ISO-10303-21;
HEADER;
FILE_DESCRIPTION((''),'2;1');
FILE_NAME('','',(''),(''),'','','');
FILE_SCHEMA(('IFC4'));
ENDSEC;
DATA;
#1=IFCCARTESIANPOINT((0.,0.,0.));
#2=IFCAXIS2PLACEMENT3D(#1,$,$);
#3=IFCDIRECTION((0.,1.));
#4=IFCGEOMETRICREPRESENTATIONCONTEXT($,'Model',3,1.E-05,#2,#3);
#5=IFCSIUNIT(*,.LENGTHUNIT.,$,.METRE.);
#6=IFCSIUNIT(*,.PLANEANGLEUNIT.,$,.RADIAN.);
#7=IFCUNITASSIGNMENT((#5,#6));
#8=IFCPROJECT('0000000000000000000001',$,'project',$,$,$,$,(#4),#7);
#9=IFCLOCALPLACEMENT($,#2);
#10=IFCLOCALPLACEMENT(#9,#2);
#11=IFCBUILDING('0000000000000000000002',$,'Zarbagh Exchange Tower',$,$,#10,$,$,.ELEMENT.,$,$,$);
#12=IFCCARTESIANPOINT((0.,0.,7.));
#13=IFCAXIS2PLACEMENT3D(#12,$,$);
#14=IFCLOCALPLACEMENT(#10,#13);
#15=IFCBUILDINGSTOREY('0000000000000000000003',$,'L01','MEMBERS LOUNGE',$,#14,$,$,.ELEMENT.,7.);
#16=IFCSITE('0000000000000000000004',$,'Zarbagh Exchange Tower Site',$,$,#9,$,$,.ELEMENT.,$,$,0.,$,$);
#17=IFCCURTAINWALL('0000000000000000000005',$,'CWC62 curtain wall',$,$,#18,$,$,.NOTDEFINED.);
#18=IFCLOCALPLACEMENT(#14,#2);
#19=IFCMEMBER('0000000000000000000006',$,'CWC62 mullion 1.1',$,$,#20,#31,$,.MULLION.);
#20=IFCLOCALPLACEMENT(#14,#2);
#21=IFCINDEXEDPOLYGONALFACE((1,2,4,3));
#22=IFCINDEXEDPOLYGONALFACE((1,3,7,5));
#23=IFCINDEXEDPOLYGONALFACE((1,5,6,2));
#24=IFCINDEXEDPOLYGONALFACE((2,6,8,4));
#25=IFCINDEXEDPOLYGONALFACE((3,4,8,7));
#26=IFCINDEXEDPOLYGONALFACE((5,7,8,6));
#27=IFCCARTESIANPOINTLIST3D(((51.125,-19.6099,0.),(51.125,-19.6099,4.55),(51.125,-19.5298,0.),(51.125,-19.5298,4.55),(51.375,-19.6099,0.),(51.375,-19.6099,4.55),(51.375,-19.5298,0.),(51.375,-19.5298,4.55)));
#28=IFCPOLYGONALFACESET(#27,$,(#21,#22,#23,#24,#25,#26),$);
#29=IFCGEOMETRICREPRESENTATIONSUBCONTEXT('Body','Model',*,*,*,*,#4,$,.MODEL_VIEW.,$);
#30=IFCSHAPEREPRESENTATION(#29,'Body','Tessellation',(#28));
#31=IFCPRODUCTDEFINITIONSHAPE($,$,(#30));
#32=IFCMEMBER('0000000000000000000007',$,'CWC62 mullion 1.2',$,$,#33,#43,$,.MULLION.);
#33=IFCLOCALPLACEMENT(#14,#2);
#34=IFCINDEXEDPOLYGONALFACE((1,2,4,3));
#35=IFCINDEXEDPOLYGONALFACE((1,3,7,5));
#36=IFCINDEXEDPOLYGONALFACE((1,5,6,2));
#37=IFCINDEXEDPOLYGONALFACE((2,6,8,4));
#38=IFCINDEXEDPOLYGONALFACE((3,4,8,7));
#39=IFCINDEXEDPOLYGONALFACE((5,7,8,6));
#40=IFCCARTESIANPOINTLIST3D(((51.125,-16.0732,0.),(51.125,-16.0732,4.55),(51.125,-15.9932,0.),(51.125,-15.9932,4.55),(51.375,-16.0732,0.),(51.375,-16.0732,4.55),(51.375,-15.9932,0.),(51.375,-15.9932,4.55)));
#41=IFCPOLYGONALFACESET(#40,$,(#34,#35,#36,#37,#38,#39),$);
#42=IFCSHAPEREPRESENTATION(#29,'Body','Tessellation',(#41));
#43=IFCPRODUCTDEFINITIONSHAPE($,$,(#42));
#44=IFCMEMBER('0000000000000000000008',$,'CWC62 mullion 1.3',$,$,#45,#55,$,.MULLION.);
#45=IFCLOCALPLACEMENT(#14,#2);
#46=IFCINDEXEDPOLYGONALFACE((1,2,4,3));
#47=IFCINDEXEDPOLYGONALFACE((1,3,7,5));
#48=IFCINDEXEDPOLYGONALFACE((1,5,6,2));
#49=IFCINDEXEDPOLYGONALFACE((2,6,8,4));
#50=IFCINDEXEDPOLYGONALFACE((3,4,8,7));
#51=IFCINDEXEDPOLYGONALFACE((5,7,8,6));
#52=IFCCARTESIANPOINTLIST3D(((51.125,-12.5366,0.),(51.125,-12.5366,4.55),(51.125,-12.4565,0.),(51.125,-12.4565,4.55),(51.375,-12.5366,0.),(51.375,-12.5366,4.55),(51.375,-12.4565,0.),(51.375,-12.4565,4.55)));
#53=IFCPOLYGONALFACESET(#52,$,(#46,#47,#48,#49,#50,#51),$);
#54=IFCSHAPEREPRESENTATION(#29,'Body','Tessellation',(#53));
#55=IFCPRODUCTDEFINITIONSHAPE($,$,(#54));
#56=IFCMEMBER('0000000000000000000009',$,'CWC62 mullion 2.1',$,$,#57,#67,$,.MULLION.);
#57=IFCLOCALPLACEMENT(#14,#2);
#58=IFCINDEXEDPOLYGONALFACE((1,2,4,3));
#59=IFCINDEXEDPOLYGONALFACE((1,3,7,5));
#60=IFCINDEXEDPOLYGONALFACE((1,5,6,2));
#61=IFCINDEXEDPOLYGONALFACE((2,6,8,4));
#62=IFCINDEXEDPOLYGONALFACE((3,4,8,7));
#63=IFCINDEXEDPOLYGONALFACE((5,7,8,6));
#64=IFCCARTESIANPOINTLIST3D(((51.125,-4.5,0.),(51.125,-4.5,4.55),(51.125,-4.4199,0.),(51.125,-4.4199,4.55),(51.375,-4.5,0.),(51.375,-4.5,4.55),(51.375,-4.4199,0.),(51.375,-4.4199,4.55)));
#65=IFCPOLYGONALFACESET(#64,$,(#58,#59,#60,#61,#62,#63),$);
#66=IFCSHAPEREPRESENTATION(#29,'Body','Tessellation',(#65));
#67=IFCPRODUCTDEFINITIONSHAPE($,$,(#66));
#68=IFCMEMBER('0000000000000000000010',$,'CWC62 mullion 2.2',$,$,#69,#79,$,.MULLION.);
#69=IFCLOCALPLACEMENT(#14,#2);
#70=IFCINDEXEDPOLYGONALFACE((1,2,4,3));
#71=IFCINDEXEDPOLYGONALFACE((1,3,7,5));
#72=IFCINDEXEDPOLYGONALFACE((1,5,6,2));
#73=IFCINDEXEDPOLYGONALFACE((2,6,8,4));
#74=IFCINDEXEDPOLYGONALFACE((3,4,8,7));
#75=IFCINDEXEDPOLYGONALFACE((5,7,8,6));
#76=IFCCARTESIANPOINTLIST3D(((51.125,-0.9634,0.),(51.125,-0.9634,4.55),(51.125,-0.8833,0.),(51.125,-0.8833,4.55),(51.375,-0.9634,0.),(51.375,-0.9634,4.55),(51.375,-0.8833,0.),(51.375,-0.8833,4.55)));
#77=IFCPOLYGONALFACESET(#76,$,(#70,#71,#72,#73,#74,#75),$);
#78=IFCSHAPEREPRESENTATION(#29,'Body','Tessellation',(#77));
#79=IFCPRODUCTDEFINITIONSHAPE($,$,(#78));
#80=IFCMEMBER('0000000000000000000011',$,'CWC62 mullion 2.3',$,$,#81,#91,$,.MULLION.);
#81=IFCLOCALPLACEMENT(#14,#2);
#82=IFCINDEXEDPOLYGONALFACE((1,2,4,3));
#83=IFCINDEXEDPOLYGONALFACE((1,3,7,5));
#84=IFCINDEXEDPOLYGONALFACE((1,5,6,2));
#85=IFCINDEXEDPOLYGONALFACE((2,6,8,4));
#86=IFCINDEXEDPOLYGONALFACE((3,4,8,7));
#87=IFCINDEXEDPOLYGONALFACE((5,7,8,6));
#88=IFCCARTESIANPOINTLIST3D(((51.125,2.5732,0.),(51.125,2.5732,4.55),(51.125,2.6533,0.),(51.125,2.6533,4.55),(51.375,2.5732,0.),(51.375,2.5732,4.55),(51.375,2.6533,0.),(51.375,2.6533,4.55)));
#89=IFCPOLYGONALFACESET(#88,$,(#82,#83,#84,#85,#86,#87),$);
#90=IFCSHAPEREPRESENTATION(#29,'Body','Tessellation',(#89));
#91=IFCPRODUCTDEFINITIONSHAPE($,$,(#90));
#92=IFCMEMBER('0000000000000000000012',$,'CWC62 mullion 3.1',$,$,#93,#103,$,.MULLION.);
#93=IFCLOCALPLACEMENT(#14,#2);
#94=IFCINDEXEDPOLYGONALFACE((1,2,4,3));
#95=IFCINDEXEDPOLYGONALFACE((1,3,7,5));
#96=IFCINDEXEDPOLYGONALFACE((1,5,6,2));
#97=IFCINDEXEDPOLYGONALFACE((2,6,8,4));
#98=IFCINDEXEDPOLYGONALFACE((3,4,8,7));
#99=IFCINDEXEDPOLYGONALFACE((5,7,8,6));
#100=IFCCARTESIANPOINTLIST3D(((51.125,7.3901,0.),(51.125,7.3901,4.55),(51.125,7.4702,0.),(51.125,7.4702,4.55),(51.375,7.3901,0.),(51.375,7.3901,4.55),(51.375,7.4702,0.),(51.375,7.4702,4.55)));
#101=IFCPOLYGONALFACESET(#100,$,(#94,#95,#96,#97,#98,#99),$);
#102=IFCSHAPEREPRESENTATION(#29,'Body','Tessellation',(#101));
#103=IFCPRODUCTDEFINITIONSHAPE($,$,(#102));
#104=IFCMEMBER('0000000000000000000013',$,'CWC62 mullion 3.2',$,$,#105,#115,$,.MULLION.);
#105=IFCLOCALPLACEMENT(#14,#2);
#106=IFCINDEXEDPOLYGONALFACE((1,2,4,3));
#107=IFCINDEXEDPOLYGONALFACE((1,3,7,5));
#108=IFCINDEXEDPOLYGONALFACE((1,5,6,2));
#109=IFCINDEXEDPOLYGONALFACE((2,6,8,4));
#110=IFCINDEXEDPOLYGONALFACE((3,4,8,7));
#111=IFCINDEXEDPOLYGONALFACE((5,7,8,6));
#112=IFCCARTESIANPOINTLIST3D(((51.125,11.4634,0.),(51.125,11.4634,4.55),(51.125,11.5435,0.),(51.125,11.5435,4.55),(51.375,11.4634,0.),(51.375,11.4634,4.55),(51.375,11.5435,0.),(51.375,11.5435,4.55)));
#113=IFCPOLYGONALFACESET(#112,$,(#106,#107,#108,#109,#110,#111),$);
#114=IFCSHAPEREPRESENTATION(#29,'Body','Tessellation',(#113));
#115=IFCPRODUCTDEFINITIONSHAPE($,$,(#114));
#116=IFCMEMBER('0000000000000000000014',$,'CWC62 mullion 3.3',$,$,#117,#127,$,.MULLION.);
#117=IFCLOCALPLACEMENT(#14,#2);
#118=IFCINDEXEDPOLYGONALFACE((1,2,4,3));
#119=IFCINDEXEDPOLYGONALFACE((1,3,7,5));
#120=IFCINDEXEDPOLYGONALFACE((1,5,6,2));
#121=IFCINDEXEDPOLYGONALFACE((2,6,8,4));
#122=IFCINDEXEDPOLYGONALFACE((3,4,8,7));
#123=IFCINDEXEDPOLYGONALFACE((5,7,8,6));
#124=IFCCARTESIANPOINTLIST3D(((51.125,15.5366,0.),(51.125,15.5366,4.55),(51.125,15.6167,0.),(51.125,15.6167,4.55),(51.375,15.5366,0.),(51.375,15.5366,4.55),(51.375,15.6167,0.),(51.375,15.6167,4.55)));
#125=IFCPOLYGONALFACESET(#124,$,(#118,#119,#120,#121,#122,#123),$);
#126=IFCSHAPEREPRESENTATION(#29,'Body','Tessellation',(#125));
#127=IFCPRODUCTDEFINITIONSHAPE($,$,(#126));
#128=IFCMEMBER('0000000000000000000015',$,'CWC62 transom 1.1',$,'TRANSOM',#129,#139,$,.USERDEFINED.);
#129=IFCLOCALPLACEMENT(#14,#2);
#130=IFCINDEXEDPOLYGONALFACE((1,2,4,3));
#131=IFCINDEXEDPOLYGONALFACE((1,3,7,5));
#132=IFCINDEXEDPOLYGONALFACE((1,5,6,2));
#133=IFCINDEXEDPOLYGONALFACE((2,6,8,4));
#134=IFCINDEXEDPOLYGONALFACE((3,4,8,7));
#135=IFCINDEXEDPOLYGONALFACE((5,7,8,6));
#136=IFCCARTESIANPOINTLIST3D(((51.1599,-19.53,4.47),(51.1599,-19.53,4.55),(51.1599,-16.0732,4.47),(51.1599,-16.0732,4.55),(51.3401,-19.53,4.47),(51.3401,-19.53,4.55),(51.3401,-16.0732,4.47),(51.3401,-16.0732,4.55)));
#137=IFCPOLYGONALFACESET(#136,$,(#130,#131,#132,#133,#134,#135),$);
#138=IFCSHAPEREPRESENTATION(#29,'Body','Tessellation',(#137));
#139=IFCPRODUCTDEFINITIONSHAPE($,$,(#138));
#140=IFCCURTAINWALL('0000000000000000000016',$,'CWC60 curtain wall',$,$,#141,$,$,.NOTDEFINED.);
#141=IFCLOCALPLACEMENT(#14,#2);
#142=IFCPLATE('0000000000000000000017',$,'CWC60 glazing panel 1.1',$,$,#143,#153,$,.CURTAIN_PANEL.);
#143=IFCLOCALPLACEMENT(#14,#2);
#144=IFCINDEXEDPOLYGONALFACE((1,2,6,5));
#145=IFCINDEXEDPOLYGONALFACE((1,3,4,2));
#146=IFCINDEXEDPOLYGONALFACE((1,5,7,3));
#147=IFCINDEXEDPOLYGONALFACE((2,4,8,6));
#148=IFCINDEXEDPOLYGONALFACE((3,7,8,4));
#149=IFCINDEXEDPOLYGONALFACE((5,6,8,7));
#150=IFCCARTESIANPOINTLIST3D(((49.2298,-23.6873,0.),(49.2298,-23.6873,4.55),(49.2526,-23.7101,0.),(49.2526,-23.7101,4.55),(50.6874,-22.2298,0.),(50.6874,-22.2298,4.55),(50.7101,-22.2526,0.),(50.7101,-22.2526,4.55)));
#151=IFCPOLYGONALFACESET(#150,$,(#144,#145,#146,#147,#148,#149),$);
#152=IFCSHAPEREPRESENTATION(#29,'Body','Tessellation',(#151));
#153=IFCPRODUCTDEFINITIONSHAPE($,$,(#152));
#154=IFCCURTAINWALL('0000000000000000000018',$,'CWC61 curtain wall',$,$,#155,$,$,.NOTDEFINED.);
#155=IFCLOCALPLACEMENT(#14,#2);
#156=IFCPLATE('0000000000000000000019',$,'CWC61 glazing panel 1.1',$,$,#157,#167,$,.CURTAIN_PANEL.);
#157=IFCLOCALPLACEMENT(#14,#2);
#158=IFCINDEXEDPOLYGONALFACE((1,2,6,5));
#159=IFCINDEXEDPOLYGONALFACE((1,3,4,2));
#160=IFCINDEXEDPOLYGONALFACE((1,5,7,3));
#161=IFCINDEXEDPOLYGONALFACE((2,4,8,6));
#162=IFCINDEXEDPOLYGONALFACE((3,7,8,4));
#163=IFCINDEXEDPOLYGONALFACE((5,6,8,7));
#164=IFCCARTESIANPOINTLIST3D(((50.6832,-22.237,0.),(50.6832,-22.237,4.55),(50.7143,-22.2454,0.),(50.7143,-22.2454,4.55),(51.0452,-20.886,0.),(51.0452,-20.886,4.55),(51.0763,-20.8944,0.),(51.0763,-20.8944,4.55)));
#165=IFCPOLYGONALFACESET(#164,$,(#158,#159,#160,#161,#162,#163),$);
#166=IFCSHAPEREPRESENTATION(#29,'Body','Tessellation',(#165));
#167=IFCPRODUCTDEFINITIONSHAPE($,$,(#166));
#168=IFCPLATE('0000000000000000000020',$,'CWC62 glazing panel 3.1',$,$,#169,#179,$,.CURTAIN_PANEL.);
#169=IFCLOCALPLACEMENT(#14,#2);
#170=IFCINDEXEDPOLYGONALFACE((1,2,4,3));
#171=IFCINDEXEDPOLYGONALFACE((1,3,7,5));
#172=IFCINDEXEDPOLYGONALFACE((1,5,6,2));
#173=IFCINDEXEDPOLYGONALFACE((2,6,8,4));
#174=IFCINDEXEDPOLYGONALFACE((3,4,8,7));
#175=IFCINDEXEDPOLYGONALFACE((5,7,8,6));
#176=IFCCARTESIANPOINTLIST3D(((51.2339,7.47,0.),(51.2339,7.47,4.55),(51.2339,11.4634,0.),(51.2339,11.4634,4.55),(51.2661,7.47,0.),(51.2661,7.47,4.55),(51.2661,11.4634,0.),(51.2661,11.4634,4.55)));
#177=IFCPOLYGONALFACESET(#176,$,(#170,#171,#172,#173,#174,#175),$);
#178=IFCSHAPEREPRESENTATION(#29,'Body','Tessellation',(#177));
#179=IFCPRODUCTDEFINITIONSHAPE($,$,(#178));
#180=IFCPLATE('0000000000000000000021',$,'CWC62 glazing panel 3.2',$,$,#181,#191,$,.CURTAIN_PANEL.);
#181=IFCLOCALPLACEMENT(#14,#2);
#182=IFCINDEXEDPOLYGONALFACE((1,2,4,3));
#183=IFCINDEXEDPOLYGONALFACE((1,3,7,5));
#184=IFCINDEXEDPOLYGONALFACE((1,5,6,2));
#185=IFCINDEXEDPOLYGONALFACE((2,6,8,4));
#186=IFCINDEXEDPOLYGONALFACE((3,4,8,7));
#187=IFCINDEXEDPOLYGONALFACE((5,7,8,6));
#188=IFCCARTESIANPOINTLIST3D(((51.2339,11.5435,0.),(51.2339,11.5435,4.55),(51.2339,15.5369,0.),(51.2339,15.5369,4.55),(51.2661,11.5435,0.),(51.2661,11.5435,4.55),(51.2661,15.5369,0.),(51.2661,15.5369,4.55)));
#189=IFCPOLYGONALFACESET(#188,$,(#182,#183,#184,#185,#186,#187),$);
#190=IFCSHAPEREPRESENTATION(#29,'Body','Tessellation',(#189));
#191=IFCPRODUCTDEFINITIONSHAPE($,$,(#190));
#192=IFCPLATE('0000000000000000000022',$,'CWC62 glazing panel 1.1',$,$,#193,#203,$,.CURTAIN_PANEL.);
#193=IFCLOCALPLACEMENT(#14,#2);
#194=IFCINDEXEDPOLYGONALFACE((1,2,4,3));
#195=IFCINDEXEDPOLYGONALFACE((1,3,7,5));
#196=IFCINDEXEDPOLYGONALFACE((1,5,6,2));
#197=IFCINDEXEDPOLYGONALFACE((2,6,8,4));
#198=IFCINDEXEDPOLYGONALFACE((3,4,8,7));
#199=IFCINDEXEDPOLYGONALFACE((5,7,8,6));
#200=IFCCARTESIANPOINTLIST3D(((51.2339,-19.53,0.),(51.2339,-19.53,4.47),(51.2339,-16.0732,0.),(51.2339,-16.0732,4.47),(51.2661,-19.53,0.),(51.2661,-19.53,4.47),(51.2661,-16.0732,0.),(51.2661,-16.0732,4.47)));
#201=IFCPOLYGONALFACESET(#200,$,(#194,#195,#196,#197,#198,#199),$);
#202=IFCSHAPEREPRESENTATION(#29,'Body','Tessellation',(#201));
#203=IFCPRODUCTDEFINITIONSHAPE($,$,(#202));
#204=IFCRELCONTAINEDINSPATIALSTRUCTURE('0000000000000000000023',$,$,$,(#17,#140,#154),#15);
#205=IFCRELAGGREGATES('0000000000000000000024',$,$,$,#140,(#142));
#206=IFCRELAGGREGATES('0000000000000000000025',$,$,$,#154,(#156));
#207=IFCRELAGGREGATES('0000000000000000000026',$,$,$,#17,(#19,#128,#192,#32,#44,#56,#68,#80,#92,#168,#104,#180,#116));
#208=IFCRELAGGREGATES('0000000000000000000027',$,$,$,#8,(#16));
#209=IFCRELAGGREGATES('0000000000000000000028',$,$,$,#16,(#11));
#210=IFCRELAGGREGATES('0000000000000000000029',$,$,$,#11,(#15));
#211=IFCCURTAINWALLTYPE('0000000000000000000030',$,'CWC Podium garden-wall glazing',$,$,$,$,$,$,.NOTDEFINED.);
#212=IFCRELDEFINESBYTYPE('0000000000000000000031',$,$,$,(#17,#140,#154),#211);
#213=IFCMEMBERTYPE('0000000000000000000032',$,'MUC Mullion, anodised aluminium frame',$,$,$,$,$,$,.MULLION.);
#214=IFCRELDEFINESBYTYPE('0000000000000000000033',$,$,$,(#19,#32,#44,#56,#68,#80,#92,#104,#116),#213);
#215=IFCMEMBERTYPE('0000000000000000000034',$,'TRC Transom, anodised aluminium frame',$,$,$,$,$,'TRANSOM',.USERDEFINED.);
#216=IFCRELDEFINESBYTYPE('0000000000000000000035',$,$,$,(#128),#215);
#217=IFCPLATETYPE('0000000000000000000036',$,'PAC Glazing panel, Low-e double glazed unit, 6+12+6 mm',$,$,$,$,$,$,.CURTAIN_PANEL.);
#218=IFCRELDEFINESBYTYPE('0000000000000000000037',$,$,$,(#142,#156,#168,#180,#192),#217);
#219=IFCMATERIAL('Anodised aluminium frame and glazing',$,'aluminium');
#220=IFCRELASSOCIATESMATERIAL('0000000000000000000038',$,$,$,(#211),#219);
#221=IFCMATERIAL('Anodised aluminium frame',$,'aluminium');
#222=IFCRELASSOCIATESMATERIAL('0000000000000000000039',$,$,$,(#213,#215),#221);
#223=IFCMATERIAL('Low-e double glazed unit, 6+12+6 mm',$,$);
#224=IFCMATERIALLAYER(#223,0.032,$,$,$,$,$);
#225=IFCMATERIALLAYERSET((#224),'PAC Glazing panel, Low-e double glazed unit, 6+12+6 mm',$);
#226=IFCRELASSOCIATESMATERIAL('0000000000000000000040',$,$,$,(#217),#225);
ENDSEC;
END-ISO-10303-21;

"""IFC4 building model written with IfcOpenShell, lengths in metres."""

from ifc_helpers import new_model, si_unit, direction, frame, origin, place, context, subcontext, project, spatial, polyline, outline, extrude, source, transform, mapped, material, layer, layer_set, type_object, element, aggregate, save


model = new_model("IFC4")

# Units and contexts
model_context = context("Model", 3, precision=1e-05, world=origin(), true_north=direction((0.0, 1.0)))
body_context = subcontext(model_context, "Body", "Model", "MODEL_VIEW")
ifc_project = project(units=[si_unit("LENGTHUNIT", "METRE"), si_unit("PLANEANGLEUNIT", "RADIAN")], contexts=[model_context])

# Site, building, storey
site_placement = place(None, origin())
site = spatial("IfcSite", under=ifc_project, at=site_placement, Name="Zarbagh Exchange Tower Site", CompositionType="ELEMENT", RefElevation=0.0)
building_placement = place(site_placement, origin())
building = spatial("IfcBuilding", under=site, at=building_placement, Name="Zarbagh Exchange Tower", CompositionType="ELEMENT")
storey_placement = place(building_placement, frame((0.0, 0.0, 7.0)))
storey = spatial("IfcBuildingStorey", under=building, at=storey_placement, Name="L01", Description="MEMBERS LOUNGE", CompositionType="ELEMENT", Elevation=7.0)

# Curtain wall, members
ifc_material_1 = material(Name="Anodised aluminium frame and glazing", Category="aluminium")
curtain_wall_type = type_object("IfcCurtainWallType", Name="CWC Podium garden-wall glazing", PredefinedType="NOTDEFINED", material=ifc_material_1)
curtain_wall_1_placement = place(storey_placement, origin())
curtain_wall_1 = element("IfcCurtainWall", 1, at=curtain_wall_1_placement, inside=storey, type_object=curtain_wall_type, Name="CWC62 curtain wall", PredefinedType="NOTDEFINED")
ifc_material_2 = material(Name="Anodised aluminium frame", Category="aluminium")
member_type_1 = type_object("IfcMemberType", Name="MUC Mullion, anodised aluminium frame", PredefinedType="MULLION", material=ifc_material_2)
shared_shape_1 = source(origin(), body_context, "Body", "SweptSolid", [
    extrude(outline(polyline([(0.0, -0.125), (0.0801, -0.125), (0.0801, 0.125), (0.0, 0.125), (0.0, -0.125)])), origin(), (0.0, 0.0, 1.0), 4.55),
])
placement = place(storey_placement, origin())
member_1 = element("IfcMember", 2, at=placement, type_object=member_type_1, Name="CWC62 mullion 1.1", PredefinedType="MULLION", context=body_context, shape_type="MappedRepresentation", body=[
    mapped(shared_shape_1, transform((51.25, -19.6099, 0.0), x_axis=(0.0, 1.0, 0.0), y_axis=(-1.0, 0.0, 0.0), z_axis=(0.0, 0.0, 1.0))),
])
member_2 = element("IfcMember", 3, at=placement, type_object=member_type_1, Name="CWC62 mullion 1.2", PredefinedType="MULLION", context=body_context, shape_type="MappedRepresentation", body=[
    mapped(shared_shape_1, transform((51.25, -16.0732, 0.0), x_axis=(0.0, 1.0, 0.0), y_axis=(-1.0, 0.0, 0.0), z_axis=(0.0, 0.0, 1.0))),
])
member_3 = element("IfcMember", 4, at=placement, type_object=member_type_1, Name="CWC62 mullion 1.3", PredefinedType="MULLION", context=body_context, shape_type="MappedRepresentation", body=[
    mapped(shared_shape_1, transform((51.25, -12.5366, 0.0), x_axis=(0.0, 1.0, 0.0), y_axis=(-1.0, 0.0, 0.0), z_axis=(0.0, 0.0, 1.0))),
])
member_4 = element("IfcMember", 5, at=placement, type_object=member_type_1, Name="CWC62 mullion 2.1", PredefinedType="MULLION", context=body_context, shape_type="MappedRepresentation", body=[
    mapped(shared_shape_1, transform((51.25, -4.5, 0.0), x_axis=(0.0, 1.0, 0.0), y_axis=(-1.0, 0.0, 0.0), z_axis=(0.0, 0.0, 1.0))),
])
member_5 = element("IfcMember", 6, at=placement, type_object=member_type_1, Name="CWC62 mullion 2.2", PredefinedType="MULLION", context=body_context, shape_type="MappedRepresentation", body=[
    mapped(shared_shape_1, transform((51.25, -0.9634, 0.0), x_axis=(0.0, 1.0, 0.0), y_axis=(-1.0, 0.0, 0.0), z_axis=(0.0, 0.0, 1.0))),
])
member_6 = element("IfcMember", 7, at=placement, type_object=member_type_1, Name="CWC62 mullion 2.3", PredefinedType="MULLION", context=body_context, shape_type="MappedRepresentation", body=[
    mapped(shared_shape_1, transform((51.25, 2.5732, 0.0), x_axis=(0.0, 1.0, 0.0), y_axis=(-1.0, 0.0, 0.0), z_axis=(0.0, 0.0, 1.0))),
])
member_7 = element("IfcMember", 8, at=placement, type_object=member_type_1, Name="CWC62 mullion 3.1", PredefinedType="MULLION", context=body_context, shape_type="MappedRepresentation", body=[
    mapped(shared_shape_1, transform((51.25, 7.3901, 0.0), x_axis=(0.0, 1.0, 0.0), y_axis=(-1.0, 0.0, 0.0), z_axis=(0.0, 0.0, 1.0))),
])
member_8 = element("IfcMember", 9, at=placement, type_object=member_type_1, Name="CWC62 mullion 3.2", PredefinedType="MULLION", context=body_context, shape_type="MappedRepresentation", body=[
    mapped(shared_shape_1, transform((51.25, 11.4634, 0.0), x_axis=(0.0, 1.0, 0.0), y_axis=(-1.0, 0.0, 0.0), z_axis=(0.0, 0.0, 1.0))),
])
member_9 = element("IfcMember", 10, at=placement, type_object=member_type_1, Name="CWC62 mullion 3.3", PredefinedType="MULLION", context=body_context, shape_type="MappedRepresentation", body=[
    mapped(shared_shape_1, transform((51.25, 15.5366, 0.0), x_axis=(0.0, 1.0, 0.0), y_axis=(-1.0, 0.0, 0.0), z_axis=(0.0, 0.0, 1.0))),
])
member_type_2 = type_object("IfcMemberType", Name="TRC Transom, anodised aluminium frame", ElementType="TRANSOM", PredefinedType="USERDEFINED", material=ifc_material_2)
shared_shape_2 = source(origin(), body_context, "Body", "SweptSolid", [
    extrude(outline(polyline([(-0.0801, -0.0901), (0.0, -0.0901), (0.0, 0.0901), (-0.0801, 0.0901), (-0.0801, -0.0901)])), origin(), (0.0, 0.0, 1.0), 3.4568),
])
member_10 = element("IfcMember", 11, at=placement, type_object=member_type_2, Name="CWC62 transom 1.1", ObjectType="TRANSOM", PredefinedType="USERDEFINED", context=body_context, shape_type="MappedRepresentation", body=[
    mapped(shared_shape_2, transform((51.25, -19.53, 4.55), x_axis=(0.0, 0.0, 1.0), y_axis=(1.0, 0.0, 0.0), z_axis=(0.0, 1.0, 0.0))),
])

# Curtain walls, plates
curtain_wall_2_placement = place(storey_placement, origin())
curtain_wall_2 = element("IfcCurtainWall", 12, at=curtain_wall_2_placement, inside=storey, type_object=curtain_wall_type, Name="CWC60 curtain wall", PredefinedType="NOTDEFINED")
ifc_material_3 = material(Name="Low-e double glazed unit, 6+12+6 mm")
ifc_layer = layer(ifc_material_3, 0.032)
ifc_layer_set = layer_set([ifc_layer], Name="PAC Glazing panel, Low-e double glazed unit, 6+12+6 mm")
plate_type = type_object("IfcPlateType", Name="PAC Glazing panel, Low-e double glazed unit, 6+12+6 mm", PredefinedType="CURTAIN_PANEL", material=ifc_layer_set)
shared_shape_3 = source(origin(), body_context, "Body", "SweptSolid", [
    extrude(outline(polyline([(0.0, -0.0161), (2.0613, -0.0161), (2.0613, 0.0161), (0.0, 0.0161), (0.0, -0.0161)])), origin(), (0.0, 0.0, 1.0), 4.55),
])
plate_1 = element("IfcPlate", 13, at=placement, type_object=plate_type, Name="CWC60 glazing panel 1.1", PredefinedType="CURTAIN_PANEL", context=body_context, shape_type="MappedRepresentation", body=[
    mapped(shared_shape_3, transform((49.2412, -23.6987, 0.0), x_axis=(0.707107, 0.707107, 0.0), y_axis=(-0.707107, 0.707107, 0.0), z_axis=(0.0, 0.0, 1.0))),
])
aggregate(curtain_wall_2, [plate_1])
curtain_wall_3_placement = place(storey_placement, origin())
curtain_wall_3 = element("IfcCurtainWall", 14, at=curtain_wall_3_placement, inside=storey, type_object=curtain_wall_type, Name="CWC61 curtain wall", PredefinedType="NOTDEFINED")
shared_shape_4 = source(origin(), body_context, "Body", "SweptSolid", [
    extrude(outline(polyline([(0.0, -0.0161), (1.3987, -0.0161), (1.3987, 0.0161), (0.0, 0.0161), (0.0, -0.0161)])), origin(), (0.0, 0.0, 1.0), 4.55),
])
plate_2 = element("IfcPlate", 15, at=placement, type_object=plate_type, Name="CWC61 glazing panel 1.1", PredefinedType="CURTAIN_PANEL", context=body_context, shape_type="MappedRepresentation", body=[
    mapped(shared_shape_4, transform((50.6987, -22.2412, 0.0), x_axis=(0.258825, 0.965924, 0.0), y_axis=(-0.965924, 0.258825, 0.0), z_axis=(0.0, 0.0, 1.0))),
])
aggregate(curtain_wall_3, [plate_2])

# Plates
shared_shape_5 = source(origin(), body_context, "Body", "SweptSolid", [
    extrude(outline(polyline([(0.0, -0.0161), (3.9934, -0.0161), (3.9934, 0.0161), (0.0, 0.0161), (0.0, -0.0161)])), origin(), (0.0, 0.0, 1.0), 4.55),
])
plate_3 = element("IfcPlate", 16, at=placement, type_object=plate_type, Name="CWC62 glazing panel 3.1", PredefinedType="CURTAIN_PANEL", context=body_context, shape_type="MappedRepresentation", body=[
    mapped(shared_shape_5, transform((51.25, 7.47, 0.0), x_axis=(0.0, 1.0, 0.0), y_axis=(-1.0, 0.0, 0.0), z_axis=(0.0, 0.0, 1.0))),
])
plate_4 = element("IfcPlate", 17, at=placement, type_object=plate_type, Name="CWC62 glazing panel 3.2", PredefinedType="CURTAIN_PANEL", context=body_context, shape_type="MappedRepresentation", body=[
    mapped(shared_shape_5, transform((51.25, 11.5435, 0.0), x_axis=(0.0, 1.0, 0.0), y_axis=(-1.0, 0.0, 0.0), z_axis=(0.0, 0.0, 1.0))),
])
shared_shape_6 = source(origin(), body_context, "Body", "SweptSolid", [
    extrude(outline(polyline([(0.0, -0.0161), (3.4568, -0.0161), (3.4568, 0.0161), (0.0, 0.0161), (0.0, -0.0161)])), origin(), (0.0, 0.0, 1.0), 4.47),
])
plate_5 = element("IfcPlate", 18, at=placement, type_object=plate_type, Name="CWC62 glazing panel 1.1", PredefinedType="CURTAIN_PANEL", context=body_context, shape_type="MappedRepresentation", body=[
    mapped(shared_shape_6, transform((51.25, -19.53, 0.0), x_axis=(0.0, 1.0, 0.0), y_axis=(-1.0, 0.0, 0.0), z_axis=(0.0, 0.0, 1.0))),
])
aggregate(curtain_wall_1, [member_1, member_10, plate_5, member_2, member_3, member_4, member_5, member_6, member_7, plate_3, member_8, plate_4, member_9])

save(model, "model.ifc")
